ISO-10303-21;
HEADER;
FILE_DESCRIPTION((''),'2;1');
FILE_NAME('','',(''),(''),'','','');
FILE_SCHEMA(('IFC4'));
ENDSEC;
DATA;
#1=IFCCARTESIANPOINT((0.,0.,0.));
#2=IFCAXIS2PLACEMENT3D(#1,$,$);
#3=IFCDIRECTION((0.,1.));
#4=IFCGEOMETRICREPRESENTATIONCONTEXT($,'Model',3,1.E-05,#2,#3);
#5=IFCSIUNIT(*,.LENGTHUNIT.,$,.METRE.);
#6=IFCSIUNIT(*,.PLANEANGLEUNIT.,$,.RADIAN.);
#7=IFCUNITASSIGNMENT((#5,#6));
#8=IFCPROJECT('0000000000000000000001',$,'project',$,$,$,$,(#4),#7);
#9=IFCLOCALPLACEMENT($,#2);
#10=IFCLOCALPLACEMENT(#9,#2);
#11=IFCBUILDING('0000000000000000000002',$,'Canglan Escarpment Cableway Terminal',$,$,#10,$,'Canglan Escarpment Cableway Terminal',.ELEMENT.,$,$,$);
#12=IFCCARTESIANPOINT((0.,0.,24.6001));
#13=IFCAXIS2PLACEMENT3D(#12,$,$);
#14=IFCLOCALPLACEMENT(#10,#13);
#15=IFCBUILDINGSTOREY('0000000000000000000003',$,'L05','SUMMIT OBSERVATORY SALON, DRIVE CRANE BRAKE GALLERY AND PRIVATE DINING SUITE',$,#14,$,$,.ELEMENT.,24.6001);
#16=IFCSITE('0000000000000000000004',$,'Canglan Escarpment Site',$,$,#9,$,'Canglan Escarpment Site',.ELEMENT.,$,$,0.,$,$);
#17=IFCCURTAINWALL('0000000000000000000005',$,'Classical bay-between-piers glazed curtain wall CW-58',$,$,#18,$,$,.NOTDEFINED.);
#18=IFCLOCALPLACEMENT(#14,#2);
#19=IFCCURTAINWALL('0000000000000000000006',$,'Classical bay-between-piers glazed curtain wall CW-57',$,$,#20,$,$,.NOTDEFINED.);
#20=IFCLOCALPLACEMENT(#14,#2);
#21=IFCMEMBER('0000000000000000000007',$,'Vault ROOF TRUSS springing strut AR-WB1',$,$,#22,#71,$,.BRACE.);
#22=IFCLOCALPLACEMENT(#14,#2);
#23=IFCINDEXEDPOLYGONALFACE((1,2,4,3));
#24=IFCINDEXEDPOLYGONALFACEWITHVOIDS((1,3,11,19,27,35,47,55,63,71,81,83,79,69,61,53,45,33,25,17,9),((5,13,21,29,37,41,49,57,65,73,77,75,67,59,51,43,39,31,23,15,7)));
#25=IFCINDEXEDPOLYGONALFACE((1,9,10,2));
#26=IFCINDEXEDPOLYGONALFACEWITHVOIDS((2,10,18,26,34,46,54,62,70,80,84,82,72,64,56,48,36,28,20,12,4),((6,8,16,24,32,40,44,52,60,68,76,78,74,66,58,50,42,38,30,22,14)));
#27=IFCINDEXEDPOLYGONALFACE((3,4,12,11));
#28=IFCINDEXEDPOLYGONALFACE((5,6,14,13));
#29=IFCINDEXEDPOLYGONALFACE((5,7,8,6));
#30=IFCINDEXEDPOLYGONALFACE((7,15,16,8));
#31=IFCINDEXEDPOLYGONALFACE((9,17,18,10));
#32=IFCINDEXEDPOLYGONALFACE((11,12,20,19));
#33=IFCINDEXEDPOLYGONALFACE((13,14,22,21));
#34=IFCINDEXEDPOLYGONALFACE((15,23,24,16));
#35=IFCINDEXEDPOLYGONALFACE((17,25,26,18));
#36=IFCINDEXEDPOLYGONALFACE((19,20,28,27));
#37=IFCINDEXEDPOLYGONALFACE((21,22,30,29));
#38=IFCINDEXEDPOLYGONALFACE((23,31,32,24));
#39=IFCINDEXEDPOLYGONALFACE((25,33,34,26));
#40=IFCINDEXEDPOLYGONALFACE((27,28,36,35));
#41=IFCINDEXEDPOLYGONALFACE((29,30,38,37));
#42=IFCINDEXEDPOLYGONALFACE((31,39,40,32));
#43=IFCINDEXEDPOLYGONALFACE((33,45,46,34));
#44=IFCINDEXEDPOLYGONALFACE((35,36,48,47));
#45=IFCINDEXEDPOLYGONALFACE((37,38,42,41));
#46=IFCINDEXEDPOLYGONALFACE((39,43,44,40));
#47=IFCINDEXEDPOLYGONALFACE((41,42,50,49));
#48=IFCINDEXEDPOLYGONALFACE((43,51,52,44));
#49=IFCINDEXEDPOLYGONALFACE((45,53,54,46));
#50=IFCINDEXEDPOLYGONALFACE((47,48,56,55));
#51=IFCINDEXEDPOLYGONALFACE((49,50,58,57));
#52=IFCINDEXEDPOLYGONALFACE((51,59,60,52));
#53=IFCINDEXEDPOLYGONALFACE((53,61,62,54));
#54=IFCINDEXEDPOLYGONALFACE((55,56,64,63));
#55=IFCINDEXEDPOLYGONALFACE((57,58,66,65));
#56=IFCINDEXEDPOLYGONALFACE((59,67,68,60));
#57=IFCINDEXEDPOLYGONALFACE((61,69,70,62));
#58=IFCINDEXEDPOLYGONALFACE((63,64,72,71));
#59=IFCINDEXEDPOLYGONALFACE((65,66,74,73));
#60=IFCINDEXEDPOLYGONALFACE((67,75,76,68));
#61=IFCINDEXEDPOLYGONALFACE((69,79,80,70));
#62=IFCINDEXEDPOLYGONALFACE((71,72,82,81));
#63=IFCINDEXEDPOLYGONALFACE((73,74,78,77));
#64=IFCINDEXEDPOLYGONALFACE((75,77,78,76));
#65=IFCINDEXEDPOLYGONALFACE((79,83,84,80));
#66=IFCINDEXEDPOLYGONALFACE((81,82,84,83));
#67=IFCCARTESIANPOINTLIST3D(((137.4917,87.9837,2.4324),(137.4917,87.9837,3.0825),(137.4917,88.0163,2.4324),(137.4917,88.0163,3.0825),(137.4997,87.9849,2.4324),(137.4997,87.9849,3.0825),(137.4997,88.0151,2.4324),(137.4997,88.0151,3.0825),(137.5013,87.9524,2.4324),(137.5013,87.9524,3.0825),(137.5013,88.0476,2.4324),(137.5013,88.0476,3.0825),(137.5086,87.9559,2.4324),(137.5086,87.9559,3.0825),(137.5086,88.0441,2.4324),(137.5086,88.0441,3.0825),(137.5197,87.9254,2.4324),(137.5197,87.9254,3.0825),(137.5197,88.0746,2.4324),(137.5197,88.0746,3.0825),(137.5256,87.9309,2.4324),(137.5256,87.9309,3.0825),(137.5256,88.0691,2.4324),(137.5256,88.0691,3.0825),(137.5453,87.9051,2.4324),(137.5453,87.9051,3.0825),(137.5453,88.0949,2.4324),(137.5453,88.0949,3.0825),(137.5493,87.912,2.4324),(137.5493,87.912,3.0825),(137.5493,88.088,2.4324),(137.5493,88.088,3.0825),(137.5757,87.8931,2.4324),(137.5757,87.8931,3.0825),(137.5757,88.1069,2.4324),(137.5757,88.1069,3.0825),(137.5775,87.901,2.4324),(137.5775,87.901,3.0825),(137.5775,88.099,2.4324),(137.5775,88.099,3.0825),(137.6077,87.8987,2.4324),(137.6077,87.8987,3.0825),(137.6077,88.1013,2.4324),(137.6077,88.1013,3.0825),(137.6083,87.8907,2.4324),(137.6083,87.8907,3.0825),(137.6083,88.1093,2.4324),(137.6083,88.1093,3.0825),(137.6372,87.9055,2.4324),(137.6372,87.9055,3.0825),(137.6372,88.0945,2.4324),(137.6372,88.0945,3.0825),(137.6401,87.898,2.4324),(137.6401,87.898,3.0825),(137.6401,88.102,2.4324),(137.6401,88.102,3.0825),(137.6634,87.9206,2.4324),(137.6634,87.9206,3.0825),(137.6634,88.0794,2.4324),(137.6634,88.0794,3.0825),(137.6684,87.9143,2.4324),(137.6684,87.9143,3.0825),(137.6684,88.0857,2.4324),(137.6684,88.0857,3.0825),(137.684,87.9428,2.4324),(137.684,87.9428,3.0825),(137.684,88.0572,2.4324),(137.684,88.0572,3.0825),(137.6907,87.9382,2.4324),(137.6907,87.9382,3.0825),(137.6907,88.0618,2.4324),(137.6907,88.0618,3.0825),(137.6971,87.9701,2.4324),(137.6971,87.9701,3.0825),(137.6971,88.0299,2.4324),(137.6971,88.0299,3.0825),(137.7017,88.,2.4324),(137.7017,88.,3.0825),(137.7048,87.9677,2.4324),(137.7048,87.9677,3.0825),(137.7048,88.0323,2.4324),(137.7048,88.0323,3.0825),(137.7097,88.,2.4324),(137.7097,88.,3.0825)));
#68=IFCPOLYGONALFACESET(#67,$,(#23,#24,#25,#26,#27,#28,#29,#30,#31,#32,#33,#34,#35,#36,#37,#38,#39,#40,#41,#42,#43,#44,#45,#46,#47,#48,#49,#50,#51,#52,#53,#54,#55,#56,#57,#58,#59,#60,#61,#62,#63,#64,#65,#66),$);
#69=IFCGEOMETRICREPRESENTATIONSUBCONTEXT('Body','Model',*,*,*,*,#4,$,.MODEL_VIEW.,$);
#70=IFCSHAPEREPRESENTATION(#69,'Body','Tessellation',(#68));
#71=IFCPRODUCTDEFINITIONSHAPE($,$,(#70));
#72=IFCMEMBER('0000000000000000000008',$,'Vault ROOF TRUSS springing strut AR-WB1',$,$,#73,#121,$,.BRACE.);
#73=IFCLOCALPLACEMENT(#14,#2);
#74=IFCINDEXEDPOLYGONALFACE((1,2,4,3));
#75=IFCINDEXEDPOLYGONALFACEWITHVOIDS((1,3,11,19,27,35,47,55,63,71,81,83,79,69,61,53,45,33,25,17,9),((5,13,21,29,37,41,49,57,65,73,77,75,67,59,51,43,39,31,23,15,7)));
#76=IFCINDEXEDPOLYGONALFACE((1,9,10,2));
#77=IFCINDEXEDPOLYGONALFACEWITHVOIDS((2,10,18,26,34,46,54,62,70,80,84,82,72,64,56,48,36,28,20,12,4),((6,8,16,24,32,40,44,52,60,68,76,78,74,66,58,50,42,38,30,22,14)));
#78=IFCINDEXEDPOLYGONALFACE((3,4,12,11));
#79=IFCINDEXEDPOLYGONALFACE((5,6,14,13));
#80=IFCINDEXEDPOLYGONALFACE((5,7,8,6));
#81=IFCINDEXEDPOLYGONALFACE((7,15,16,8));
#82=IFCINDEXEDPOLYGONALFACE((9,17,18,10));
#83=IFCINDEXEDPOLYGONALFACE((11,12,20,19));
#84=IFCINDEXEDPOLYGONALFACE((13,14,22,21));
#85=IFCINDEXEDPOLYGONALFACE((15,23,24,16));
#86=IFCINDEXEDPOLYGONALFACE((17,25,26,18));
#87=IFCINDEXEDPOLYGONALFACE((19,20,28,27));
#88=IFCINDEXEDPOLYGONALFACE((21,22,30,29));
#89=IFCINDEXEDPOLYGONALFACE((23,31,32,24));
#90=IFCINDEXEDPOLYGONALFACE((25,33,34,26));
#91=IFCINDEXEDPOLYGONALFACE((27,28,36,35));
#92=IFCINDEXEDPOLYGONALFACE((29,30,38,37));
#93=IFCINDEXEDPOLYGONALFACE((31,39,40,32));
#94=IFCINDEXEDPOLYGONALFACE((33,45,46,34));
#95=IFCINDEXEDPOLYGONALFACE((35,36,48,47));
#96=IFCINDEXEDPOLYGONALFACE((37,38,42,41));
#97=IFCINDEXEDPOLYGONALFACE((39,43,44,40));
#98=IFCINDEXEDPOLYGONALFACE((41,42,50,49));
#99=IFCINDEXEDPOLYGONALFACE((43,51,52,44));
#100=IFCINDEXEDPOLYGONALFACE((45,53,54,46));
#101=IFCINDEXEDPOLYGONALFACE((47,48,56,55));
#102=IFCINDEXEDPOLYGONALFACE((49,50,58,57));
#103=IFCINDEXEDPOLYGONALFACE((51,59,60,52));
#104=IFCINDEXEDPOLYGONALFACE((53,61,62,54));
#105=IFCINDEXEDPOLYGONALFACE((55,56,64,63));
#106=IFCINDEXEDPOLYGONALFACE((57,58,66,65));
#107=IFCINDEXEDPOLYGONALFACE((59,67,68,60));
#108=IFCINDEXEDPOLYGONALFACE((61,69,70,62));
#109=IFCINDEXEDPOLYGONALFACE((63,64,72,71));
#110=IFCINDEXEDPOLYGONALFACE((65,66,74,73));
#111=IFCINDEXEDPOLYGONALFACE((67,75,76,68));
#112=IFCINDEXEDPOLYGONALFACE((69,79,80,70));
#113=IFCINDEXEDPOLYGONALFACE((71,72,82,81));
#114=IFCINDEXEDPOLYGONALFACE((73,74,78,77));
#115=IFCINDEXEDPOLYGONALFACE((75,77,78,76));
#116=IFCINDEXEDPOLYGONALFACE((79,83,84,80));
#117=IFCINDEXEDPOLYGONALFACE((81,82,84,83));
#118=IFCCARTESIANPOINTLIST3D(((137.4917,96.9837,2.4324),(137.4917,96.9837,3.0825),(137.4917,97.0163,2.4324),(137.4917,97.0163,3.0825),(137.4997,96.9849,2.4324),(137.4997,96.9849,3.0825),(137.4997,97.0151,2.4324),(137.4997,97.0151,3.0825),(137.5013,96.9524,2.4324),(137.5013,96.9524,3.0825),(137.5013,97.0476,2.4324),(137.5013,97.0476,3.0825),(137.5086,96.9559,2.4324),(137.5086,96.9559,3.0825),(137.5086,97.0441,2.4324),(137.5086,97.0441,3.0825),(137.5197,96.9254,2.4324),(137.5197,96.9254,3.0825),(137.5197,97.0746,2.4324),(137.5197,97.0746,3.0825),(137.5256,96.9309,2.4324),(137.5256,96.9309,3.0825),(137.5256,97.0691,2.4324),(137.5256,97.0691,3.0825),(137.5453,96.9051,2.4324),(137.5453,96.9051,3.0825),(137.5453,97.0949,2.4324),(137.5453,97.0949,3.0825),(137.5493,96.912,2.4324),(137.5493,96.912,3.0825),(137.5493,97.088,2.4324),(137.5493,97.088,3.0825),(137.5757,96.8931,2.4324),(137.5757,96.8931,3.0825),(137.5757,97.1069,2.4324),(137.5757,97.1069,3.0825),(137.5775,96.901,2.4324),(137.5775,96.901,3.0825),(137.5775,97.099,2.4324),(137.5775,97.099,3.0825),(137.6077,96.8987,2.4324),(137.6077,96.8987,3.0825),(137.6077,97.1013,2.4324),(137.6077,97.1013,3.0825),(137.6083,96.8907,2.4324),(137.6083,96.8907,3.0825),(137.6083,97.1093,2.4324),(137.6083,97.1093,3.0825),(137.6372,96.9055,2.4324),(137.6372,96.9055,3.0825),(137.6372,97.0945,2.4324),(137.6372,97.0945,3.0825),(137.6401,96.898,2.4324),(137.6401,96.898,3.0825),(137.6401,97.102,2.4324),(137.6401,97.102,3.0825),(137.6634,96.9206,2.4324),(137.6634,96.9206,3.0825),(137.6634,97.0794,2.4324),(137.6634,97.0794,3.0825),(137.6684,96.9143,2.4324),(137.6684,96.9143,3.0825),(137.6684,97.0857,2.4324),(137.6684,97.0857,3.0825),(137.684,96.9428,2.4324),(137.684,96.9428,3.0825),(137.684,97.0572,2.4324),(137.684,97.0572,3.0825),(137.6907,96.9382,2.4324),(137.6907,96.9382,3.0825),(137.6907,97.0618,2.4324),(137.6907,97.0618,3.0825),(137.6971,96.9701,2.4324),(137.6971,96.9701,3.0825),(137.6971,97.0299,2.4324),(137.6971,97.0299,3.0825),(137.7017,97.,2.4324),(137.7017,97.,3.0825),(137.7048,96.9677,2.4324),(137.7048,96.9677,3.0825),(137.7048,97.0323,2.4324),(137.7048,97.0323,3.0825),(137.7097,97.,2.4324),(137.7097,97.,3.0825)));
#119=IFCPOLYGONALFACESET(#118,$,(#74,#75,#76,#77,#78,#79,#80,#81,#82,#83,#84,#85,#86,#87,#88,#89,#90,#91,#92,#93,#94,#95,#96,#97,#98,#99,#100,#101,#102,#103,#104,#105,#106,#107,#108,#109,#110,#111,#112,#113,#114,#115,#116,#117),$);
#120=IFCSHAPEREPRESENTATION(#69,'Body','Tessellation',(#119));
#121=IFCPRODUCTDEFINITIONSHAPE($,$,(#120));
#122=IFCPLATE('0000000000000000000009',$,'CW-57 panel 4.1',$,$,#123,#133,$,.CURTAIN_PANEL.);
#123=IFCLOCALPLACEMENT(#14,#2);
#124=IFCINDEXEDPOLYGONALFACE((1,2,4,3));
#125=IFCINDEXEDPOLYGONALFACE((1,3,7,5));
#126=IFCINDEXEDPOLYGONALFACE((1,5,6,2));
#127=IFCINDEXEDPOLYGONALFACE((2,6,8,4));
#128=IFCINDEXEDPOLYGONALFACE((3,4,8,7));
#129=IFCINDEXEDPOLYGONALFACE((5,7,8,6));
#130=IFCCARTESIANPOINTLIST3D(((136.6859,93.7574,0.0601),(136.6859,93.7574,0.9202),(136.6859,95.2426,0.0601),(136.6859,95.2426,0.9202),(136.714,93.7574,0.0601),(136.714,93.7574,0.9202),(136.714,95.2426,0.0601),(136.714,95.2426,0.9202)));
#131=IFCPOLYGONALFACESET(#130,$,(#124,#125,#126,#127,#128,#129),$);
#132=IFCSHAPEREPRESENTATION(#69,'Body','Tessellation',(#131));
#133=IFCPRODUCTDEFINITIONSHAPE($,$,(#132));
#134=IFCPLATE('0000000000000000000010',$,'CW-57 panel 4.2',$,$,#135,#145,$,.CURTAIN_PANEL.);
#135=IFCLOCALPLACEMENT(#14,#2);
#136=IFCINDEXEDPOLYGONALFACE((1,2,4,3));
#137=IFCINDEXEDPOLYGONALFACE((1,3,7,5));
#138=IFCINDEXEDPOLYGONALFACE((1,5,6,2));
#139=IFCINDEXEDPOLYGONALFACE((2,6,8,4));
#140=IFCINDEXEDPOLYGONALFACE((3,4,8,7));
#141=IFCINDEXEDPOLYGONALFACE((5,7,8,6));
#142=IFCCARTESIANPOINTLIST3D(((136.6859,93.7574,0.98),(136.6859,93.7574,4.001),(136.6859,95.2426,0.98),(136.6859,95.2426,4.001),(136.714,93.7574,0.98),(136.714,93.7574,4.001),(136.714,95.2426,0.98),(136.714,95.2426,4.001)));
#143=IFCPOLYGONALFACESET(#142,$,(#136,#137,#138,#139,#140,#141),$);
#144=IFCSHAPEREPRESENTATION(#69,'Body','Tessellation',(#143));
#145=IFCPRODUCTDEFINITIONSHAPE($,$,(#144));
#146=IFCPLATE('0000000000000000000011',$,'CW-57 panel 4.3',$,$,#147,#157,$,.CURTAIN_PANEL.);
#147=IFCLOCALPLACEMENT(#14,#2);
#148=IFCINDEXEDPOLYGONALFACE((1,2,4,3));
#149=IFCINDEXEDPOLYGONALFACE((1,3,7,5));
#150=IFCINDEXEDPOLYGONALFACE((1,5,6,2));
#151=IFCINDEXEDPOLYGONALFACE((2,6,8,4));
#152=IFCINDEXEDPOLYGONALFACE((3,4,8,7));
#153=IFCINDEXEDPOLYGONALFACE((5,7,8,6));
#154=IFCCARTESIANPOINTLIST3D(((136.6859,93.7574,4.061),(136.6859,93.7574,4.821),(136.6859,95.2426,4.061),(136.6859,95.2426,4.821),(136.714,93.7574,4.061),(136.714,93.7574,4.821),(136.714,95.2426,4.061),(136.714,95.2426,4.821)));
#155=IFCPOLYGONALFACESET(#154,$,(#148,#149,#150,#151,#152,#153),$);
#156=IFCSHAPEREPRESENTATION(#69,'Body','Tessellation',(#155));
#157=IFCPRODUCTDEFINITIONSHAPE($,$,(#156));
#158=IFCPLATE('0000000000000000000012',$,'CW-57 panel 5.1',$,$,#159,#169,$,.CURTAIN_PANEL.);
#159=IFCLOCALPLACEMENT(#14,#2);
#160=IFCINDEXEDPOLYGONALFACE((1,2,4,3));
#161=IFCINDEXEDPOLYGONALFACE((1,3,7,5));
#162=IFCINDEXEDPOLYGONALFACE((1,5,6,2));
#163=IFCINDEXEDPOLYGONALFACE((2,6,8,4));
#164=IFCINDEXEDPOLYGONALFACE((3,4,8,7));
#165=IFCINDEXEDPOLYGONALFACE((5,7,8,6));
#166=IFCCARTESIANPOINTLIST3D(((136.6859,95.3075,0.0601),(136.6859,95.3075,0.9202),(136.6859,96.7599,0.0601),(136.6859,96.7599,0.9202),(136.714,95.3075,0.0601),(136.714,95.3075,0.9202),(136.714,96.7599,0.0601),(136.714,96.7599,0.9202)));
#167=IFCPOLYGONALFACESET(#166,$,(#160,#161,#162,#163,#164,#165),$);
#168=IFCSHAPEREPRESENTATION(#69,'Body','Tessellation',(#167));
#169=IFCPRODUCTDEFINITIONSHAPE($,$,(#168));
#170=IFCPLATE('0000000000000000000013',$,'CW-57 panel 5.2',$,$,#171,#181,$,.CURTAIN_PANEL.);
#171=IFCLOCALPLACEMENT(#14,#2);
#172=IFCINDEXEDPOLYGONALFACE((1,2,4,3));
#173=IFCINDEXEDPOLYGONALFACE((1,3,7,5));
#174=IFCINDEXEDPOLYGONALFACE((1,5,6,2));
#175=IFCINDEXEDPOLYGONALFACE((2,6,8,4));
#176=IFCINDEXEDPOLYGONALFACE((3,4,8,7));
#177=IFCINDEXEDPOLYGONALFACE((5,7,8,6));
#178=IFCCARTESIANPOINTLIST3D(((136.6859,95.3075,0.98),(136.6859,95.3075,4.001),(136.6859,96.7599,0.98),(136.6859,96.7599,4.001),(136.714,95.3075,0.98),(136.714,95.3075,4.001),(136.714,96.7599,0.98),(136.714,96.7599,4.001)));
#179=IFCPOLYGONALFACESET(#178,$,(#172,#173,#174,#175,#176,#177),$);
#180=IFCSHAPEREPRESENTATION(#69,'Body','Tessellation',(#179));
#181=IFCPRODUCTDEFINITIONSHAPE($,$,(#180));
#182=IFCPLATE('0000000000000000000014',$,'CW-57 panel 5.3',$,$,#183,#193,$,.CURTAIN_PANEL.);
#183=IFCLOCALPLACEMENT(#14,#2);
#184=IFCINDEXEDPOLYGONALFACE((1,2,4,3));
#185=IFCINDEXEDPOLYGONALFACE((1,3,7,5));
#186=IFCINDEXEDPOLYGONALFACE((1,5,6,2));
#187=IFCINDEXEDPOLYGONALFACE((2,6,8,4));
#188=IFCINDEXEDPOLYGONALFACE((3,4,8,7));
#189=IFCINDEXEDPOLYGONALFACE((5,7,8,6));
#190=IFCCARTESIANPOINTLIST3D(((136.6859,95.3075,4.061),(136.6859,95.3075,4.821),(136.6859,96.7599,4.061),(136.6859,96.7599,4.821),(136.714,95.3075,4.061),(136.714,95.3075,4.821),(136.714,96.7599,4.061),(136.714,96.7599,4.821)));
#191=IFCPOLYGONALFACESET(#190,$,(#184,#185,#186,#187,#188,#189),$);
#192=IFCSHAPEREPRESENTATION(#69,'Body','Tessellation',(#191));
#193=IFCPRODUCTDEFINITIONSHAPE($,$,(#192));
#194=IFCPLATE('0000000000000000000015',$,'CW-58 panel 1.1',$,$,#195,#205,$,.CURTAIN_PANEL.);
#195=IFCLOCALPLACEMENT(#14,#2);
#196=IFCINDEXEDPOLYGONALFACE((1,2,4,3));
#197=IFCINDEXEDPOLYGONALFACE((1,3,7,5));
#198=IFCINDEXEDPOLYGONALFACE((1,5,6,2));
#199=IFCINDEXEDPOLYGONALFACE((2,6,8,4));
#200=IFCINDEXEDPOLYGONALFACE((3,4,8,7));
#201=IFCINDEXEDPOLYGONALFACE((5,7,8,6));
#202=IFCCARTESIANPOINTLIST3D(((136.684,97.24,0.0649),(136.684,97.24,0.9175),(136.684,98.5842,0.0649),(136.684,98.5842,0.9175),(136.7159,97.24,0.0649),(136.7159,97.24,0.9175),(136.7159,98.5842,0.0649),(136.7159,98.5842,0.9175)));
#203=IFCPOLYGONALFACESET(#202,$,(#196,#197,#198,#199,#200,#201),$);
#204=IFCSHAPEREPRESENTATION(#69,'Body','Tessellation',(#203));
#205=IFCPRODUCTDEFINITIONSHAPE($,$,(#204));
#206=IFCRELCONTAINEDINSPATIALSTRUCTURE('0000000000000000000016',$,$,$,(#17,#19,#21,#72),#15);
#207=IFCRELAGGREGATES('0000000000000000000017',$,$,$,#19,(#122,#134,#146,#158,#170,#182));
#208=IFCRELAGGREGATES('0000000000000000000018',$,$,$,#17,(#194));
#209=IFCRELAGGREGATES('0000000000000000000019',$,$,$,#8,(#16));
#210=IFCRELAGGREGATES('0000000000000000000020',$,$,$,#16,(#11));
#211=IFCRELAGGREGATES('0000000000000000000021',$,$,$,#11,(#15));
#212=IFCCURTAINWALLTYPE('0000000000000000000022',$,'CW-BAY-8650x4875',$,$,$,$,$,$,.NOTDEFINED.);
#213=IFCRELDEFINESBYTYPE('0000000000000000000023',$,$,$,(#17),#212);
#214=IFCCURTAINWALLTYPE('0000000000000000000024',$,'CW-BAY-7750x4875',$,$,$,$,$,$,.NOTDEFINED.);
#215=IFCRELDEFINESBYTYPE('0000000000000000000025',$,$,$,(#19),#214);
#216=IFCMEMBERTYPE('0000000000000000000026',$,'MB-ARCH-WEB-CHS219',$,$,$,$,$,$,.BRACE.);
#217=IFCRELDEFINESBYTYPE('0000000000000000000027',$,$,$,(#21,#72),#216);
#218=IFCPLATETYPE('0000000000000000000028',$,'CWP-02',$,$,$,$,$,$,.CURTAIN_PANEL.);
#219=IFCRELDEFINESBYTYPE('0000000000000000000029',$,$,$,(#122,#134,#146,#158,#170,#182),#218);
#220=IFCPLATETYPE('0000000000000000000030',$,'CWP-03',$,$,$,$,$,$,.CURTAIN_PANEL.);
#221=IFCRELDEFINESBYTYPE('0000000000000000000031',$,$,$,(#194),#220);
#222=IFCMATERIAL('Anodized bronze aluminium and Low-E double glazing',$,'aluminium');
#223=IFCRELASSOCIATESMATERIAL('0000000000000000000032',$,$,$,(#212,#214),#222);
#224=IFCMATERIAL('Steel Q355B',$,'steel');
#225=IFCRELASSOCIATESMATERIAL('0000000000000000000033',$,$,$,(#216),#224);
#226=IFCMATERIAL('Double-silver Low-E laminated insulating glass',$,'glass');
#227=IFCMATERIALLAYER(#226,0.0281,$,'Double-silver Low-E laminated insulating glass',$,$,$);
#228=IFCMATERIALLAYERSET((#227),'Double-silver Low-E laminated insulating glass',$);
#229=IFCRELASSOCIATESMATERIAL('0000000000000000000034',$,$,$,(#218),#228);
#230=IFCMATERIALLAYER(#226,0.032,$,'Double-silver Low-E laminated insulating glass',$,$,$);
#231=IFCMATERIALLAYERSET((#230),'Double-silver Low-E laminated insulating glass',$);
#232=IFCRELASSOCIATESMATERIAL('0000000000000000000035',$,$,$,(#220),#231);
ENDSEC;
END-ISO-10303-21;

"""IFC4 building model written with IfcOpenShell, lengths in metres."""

from ifc_helpers import new_model, si_unit, direction, frame, origin, origin_2d, place, context, subcontext, project, spatial, rectangle, hollow_circle, extrude, material, layer, layer_set, material_profile, profile_set, type_object, element, aggregate, save


model = new_model("IFC4")

# Units and contexts
model_context = context("Model", 3, precision=1e-05, world=origin(), true_north=direction((0.0, 1.0)))
body_context = subcontext(model_context, "Body", "Model", "MODEL_VIEW")
ifc_project = project(units=[si_unit("LENGTHUNIT", "METRE"), si_unit("PLANEANGLEUNIT", "RADIAN")], contexts=[model_context])

# Site, building, storey
site_placement = place(None, origin())
site = spatial("IfcSite", under=ifc_project, at=site_placement, Name="Canglan Escarpment Site", LongName="Canglan Escarpment Site", CompositionType="ELEMENT", RefElevation=0.0)
building_placement = place(site_placement, origin())
building = spatial("IfcBuilding", under=site, at=building_placement, Name="Canglan Escarpment Cableway Terminal", LongName="Canglan Escarpment Cableway Terminal", CompositionType="ELEMENT")
storey_placement = place(building_placement, frame((0.0, 0.0, 24.6001)))
storey = spatial("IfcBuildingStorey", under=building, at=storey_placement, Name="L05", Description="SUMMIT OBSERVATORY SALON, DRIVE CRANE BRAKE GALLERY AND PRIVATE DINING SUITE", CompositionType="ELEMENT", Elevation=24.6001)

# Shared definitions
ifc_material_1 = material(Name="Steel Q355B", Category="steel")

# Curtain wall
ifc_material_2 = material(Name="Anodized bronze aluminium and Low-E double glazing", Category="aluminium")
curtain_wall_type_1 = type_object("IfcCurtainWallType", Name="CW-BAY-8650x4875", PredefinedType="NOTDEFINED", material=ifc_material_2)
curtain_wall_1_placement = place(storey_placement, origin())
curtain_wall_1 = element("IfcCurtainWall", 1, at=curtain_wall_1_placement, inside=storey, type_object=curtain_wall_type_1, Name="Classical bay-between-piers glazed curtain wall CW-58", PredefinedType="NOTDEFINED")

# Curtain wall
curtain_wall_type_2 = type_object("IfcCurtainWallType", Name="CW-BAY-7750x4875", PredefinedType="NOTDEFINED", material=ifc_material_2)
curtain_wall_2_placement = place(storey_placement, origin())
curtain_wall_2 = element("IfcCurtainWall", 2, at=curtain_wall_2_placement, inside=storey, type_object=curtain_wall_type_2, Name="Classical bay-between-piers glazed curtain wall CW-57", PredefinedType="NOTDEFINED")

# Members
ifc_material_profile_1 = material_profile(ifc_material_1, hollow_circle(Radius=0.1096, WallThickness=0.0081, at=origin_2d()), Name="CHS 219.1x8")
ifc_profile_set_1 = profile_set([ifc_material_profile_1], Name="Steel Q355B")
member_type_1 = type_object("IfcMemberType", Name="MB-ARCH-WEB-CHS219", PredefinedType="BRACE", material=ifc_profile_set_1)
for number, where, z_axis, x_axis, name in (
    (3, (137.6001, 88.0, 2.4324), (0.0, 0.0, 1.0), (1.0, 0.0, 0.0), "Vault ROOF TRUSS springing strut AR-WB1"),
    (4, (137.6001, 97.0, 2.4324), (0.0, 0.0, 1.0), (1.0, 0.0, 0.0), "Vault ROOF TRUSS springing strut AR-WB1"),
):
    element("IfcMember", number, at=place(storey_placement, frame(where, z_axis=z_axis, x_axis=x_axis)), inside=storey, type_object=member_type_1, Name=name, PredefinedType="BRACE", context=body_context, shape_type="SweptSolid", body=[
        extrude(hollow_circle(Radius=0.1096, WallThickness=0.0081, at=origin_2d()), origin(), (0.0, 0.0, 1.0), 0.6501),
    ])

# Plates
ifc_material_3 = material(Name="Double-silver Low-E laminated insulating glass", Category="glass")
ifc_layer_1 = layer(ifc_material_3, 0.0281, Name="Double-silver Low-E laminated insulating glass")
ifc_layer_set_1 = layer_set([ifc_layer_1], Name="Double-silver Low-E laminated insulating glass")
plate_type_1 = type_object("IfcPlateType", Name="CWP-02", PredefinedType="CURTAIN_PANEL", material=ifc_layer_set_1)
plate_1_placement = place(storey_placement, frame((136.7, 94.5, 0.0601), z_axis=(0.0, 0.0, 1.0), x_axis=(0.0, 1.0, 0.0)))
plate_1 = element("IfcPlate", 5, at=plate_1_placement, type_object=plate_type_1, Name="CW-57 panel 4.1", PredefinedType="CURTAIN_PANEL", context=body_context, shape_type="SweptSolid", body=[
    extrude(rectangle(XDim=1.4851, YDim=0.0281, at=origin_2d()), origin(), (0.0, 0.0, 1.0), 0.8601),
])
plate_2_placement = place(storey_placement, frame((136.7, 94.5, 0.98), z_axis=(0.0, 0.0, 1.0), x_axis=(0.0, 1.0, 0.0)))
plate_2 = element("IfcPlate", 6, at=plate_2_placement, type_object=plate_type_1, Name="CW-57 panel 4.2", PredefinedType="CURTAIN_PANEL", context=body_context, shape_type="SweptSolid", body=[
    extrude(rectangle(XDim=1.4851, YDim=0.0281, at=origin_2d()), origin(), (0.0, 0.0, 1.0), 3.021),
])
plate_3_placement = place(storey_placement, frame((136.7, 94.5, 4.061), z_axis=(0.0, 0.0, 1.0), x_axis=(0.0, 1.0, 0.0)))
plate_3 = element("IfcPlate", 7, at=plate_3_placement, type_object=plate_type_1, Name="CW-57 panel 4.3", PredefinedType="CURTAIN_PANEL", context=body_context, shape_type="SweptSolid", body=[
    extrude(rectangle(XDim=1.4851, YDim=0.0281, at=origin_2d()), origin(), (0.0, 0.0, 1.0), 0.76),
])
plate_4_placement = place(storey_placement, frame((136.7, 96.0337, 0.0601), z_axis=(0.0, 0.0, 1.0), x_axis=(0.0, 1.0, 0.0)))
plate_4 = element("IfcPlate", 8, at=plate_4_placement, type_object=plate_type_1, Name="CW-57 panel 5.1", PredefinedType="CURTAIN_PANEL", context=body_context, shape_type="SweptSolid", body=[
    extrude(rectangle(XDim=1.4524, YDim=0.0281, at=origin_2d()), origin(), (0.0, 0.0, 1.0), 0.8601),
])
plate_5_placement = place(storey_placement, frame((136.7, 96.0337, 0.98), z_axis=(0.0, 0.0, 1.0), x_axis=(0.0, 1.0, 0.0)))
plate_5 = element("IfcPlate", 9, at=plate_5_placement, type_object=plate_type_1, Name="CW-57 panel 5.2", PredefinedType="CURTAIN_PANEL", context=body_context, shape_type="SweptSolid", body=[
    extrude(rectangle(XDim=1.4524, YDim=0.0281, at=origin_2d()), origin(), (0.0, 0.0, 1.0), 3.021),
])
plate_6_placement = place(storey_placement, frame((136.7, 96.0337, 4.061), z_axis=(0.0, 0.0, 1.0), x_axis=(0.0, 1.0, 0.0)))
plate_6 = element("IfcPlate", 10, at=plate_6_placement, type_object=plate_type_1, Name="CW-57 panel 5.3", PredefinedType="CURTAIN_PANEL", context=body_context, shape_type="SweptSolid", body=[
    extrude(rectangle(XDim=1.4524, YDim=0.0281, at=origin_2d()), origin(), (0.0, 0.0, 1.0), 0.76),
])
aggregate(curtain_wall_2, [plate_1, plate_2, plate_3, plate_4, plate_5, plate_6])
ifc_layer_2 = layer(ifc_material_3, 0.032, Name="Double-silver Low-E laminated insulating glass")
ifc_layer_set_2 = layer_set([ifc_layer_2], Name="Double-silver Low-E laminated insulating glass")
plate_type_2 = type_object("IfcPlateType", Name="CWP-03", PredefinedType="CURTAIN_PANEL", material=ifc_layer_set_2)
plate_7_placement = place(storey_placement, frame((136.7, 97.9121, 0.0649), z_axis=(0.0, 0.0, 1.0), x_axis=(0.0, 1.0, 0.0)))
plate_7 = element("IfcPlate", 11, at=plate_7_placement, type_object=plate_type_2, Name="CW-58 panel 1.1", PredefinedType="CURTAIN_PANEL", context=body_context, shape_type="SweptSolid", body=[
    extrude(rectangle(XDim=1.3442, YDim=0.032, at=origin_2d()), origin(), (0.0, 0.0, 1.0), 0.8525),
])
aggregate(curtain_wall_1, [plate_7])

save(model, "model.ifc")
